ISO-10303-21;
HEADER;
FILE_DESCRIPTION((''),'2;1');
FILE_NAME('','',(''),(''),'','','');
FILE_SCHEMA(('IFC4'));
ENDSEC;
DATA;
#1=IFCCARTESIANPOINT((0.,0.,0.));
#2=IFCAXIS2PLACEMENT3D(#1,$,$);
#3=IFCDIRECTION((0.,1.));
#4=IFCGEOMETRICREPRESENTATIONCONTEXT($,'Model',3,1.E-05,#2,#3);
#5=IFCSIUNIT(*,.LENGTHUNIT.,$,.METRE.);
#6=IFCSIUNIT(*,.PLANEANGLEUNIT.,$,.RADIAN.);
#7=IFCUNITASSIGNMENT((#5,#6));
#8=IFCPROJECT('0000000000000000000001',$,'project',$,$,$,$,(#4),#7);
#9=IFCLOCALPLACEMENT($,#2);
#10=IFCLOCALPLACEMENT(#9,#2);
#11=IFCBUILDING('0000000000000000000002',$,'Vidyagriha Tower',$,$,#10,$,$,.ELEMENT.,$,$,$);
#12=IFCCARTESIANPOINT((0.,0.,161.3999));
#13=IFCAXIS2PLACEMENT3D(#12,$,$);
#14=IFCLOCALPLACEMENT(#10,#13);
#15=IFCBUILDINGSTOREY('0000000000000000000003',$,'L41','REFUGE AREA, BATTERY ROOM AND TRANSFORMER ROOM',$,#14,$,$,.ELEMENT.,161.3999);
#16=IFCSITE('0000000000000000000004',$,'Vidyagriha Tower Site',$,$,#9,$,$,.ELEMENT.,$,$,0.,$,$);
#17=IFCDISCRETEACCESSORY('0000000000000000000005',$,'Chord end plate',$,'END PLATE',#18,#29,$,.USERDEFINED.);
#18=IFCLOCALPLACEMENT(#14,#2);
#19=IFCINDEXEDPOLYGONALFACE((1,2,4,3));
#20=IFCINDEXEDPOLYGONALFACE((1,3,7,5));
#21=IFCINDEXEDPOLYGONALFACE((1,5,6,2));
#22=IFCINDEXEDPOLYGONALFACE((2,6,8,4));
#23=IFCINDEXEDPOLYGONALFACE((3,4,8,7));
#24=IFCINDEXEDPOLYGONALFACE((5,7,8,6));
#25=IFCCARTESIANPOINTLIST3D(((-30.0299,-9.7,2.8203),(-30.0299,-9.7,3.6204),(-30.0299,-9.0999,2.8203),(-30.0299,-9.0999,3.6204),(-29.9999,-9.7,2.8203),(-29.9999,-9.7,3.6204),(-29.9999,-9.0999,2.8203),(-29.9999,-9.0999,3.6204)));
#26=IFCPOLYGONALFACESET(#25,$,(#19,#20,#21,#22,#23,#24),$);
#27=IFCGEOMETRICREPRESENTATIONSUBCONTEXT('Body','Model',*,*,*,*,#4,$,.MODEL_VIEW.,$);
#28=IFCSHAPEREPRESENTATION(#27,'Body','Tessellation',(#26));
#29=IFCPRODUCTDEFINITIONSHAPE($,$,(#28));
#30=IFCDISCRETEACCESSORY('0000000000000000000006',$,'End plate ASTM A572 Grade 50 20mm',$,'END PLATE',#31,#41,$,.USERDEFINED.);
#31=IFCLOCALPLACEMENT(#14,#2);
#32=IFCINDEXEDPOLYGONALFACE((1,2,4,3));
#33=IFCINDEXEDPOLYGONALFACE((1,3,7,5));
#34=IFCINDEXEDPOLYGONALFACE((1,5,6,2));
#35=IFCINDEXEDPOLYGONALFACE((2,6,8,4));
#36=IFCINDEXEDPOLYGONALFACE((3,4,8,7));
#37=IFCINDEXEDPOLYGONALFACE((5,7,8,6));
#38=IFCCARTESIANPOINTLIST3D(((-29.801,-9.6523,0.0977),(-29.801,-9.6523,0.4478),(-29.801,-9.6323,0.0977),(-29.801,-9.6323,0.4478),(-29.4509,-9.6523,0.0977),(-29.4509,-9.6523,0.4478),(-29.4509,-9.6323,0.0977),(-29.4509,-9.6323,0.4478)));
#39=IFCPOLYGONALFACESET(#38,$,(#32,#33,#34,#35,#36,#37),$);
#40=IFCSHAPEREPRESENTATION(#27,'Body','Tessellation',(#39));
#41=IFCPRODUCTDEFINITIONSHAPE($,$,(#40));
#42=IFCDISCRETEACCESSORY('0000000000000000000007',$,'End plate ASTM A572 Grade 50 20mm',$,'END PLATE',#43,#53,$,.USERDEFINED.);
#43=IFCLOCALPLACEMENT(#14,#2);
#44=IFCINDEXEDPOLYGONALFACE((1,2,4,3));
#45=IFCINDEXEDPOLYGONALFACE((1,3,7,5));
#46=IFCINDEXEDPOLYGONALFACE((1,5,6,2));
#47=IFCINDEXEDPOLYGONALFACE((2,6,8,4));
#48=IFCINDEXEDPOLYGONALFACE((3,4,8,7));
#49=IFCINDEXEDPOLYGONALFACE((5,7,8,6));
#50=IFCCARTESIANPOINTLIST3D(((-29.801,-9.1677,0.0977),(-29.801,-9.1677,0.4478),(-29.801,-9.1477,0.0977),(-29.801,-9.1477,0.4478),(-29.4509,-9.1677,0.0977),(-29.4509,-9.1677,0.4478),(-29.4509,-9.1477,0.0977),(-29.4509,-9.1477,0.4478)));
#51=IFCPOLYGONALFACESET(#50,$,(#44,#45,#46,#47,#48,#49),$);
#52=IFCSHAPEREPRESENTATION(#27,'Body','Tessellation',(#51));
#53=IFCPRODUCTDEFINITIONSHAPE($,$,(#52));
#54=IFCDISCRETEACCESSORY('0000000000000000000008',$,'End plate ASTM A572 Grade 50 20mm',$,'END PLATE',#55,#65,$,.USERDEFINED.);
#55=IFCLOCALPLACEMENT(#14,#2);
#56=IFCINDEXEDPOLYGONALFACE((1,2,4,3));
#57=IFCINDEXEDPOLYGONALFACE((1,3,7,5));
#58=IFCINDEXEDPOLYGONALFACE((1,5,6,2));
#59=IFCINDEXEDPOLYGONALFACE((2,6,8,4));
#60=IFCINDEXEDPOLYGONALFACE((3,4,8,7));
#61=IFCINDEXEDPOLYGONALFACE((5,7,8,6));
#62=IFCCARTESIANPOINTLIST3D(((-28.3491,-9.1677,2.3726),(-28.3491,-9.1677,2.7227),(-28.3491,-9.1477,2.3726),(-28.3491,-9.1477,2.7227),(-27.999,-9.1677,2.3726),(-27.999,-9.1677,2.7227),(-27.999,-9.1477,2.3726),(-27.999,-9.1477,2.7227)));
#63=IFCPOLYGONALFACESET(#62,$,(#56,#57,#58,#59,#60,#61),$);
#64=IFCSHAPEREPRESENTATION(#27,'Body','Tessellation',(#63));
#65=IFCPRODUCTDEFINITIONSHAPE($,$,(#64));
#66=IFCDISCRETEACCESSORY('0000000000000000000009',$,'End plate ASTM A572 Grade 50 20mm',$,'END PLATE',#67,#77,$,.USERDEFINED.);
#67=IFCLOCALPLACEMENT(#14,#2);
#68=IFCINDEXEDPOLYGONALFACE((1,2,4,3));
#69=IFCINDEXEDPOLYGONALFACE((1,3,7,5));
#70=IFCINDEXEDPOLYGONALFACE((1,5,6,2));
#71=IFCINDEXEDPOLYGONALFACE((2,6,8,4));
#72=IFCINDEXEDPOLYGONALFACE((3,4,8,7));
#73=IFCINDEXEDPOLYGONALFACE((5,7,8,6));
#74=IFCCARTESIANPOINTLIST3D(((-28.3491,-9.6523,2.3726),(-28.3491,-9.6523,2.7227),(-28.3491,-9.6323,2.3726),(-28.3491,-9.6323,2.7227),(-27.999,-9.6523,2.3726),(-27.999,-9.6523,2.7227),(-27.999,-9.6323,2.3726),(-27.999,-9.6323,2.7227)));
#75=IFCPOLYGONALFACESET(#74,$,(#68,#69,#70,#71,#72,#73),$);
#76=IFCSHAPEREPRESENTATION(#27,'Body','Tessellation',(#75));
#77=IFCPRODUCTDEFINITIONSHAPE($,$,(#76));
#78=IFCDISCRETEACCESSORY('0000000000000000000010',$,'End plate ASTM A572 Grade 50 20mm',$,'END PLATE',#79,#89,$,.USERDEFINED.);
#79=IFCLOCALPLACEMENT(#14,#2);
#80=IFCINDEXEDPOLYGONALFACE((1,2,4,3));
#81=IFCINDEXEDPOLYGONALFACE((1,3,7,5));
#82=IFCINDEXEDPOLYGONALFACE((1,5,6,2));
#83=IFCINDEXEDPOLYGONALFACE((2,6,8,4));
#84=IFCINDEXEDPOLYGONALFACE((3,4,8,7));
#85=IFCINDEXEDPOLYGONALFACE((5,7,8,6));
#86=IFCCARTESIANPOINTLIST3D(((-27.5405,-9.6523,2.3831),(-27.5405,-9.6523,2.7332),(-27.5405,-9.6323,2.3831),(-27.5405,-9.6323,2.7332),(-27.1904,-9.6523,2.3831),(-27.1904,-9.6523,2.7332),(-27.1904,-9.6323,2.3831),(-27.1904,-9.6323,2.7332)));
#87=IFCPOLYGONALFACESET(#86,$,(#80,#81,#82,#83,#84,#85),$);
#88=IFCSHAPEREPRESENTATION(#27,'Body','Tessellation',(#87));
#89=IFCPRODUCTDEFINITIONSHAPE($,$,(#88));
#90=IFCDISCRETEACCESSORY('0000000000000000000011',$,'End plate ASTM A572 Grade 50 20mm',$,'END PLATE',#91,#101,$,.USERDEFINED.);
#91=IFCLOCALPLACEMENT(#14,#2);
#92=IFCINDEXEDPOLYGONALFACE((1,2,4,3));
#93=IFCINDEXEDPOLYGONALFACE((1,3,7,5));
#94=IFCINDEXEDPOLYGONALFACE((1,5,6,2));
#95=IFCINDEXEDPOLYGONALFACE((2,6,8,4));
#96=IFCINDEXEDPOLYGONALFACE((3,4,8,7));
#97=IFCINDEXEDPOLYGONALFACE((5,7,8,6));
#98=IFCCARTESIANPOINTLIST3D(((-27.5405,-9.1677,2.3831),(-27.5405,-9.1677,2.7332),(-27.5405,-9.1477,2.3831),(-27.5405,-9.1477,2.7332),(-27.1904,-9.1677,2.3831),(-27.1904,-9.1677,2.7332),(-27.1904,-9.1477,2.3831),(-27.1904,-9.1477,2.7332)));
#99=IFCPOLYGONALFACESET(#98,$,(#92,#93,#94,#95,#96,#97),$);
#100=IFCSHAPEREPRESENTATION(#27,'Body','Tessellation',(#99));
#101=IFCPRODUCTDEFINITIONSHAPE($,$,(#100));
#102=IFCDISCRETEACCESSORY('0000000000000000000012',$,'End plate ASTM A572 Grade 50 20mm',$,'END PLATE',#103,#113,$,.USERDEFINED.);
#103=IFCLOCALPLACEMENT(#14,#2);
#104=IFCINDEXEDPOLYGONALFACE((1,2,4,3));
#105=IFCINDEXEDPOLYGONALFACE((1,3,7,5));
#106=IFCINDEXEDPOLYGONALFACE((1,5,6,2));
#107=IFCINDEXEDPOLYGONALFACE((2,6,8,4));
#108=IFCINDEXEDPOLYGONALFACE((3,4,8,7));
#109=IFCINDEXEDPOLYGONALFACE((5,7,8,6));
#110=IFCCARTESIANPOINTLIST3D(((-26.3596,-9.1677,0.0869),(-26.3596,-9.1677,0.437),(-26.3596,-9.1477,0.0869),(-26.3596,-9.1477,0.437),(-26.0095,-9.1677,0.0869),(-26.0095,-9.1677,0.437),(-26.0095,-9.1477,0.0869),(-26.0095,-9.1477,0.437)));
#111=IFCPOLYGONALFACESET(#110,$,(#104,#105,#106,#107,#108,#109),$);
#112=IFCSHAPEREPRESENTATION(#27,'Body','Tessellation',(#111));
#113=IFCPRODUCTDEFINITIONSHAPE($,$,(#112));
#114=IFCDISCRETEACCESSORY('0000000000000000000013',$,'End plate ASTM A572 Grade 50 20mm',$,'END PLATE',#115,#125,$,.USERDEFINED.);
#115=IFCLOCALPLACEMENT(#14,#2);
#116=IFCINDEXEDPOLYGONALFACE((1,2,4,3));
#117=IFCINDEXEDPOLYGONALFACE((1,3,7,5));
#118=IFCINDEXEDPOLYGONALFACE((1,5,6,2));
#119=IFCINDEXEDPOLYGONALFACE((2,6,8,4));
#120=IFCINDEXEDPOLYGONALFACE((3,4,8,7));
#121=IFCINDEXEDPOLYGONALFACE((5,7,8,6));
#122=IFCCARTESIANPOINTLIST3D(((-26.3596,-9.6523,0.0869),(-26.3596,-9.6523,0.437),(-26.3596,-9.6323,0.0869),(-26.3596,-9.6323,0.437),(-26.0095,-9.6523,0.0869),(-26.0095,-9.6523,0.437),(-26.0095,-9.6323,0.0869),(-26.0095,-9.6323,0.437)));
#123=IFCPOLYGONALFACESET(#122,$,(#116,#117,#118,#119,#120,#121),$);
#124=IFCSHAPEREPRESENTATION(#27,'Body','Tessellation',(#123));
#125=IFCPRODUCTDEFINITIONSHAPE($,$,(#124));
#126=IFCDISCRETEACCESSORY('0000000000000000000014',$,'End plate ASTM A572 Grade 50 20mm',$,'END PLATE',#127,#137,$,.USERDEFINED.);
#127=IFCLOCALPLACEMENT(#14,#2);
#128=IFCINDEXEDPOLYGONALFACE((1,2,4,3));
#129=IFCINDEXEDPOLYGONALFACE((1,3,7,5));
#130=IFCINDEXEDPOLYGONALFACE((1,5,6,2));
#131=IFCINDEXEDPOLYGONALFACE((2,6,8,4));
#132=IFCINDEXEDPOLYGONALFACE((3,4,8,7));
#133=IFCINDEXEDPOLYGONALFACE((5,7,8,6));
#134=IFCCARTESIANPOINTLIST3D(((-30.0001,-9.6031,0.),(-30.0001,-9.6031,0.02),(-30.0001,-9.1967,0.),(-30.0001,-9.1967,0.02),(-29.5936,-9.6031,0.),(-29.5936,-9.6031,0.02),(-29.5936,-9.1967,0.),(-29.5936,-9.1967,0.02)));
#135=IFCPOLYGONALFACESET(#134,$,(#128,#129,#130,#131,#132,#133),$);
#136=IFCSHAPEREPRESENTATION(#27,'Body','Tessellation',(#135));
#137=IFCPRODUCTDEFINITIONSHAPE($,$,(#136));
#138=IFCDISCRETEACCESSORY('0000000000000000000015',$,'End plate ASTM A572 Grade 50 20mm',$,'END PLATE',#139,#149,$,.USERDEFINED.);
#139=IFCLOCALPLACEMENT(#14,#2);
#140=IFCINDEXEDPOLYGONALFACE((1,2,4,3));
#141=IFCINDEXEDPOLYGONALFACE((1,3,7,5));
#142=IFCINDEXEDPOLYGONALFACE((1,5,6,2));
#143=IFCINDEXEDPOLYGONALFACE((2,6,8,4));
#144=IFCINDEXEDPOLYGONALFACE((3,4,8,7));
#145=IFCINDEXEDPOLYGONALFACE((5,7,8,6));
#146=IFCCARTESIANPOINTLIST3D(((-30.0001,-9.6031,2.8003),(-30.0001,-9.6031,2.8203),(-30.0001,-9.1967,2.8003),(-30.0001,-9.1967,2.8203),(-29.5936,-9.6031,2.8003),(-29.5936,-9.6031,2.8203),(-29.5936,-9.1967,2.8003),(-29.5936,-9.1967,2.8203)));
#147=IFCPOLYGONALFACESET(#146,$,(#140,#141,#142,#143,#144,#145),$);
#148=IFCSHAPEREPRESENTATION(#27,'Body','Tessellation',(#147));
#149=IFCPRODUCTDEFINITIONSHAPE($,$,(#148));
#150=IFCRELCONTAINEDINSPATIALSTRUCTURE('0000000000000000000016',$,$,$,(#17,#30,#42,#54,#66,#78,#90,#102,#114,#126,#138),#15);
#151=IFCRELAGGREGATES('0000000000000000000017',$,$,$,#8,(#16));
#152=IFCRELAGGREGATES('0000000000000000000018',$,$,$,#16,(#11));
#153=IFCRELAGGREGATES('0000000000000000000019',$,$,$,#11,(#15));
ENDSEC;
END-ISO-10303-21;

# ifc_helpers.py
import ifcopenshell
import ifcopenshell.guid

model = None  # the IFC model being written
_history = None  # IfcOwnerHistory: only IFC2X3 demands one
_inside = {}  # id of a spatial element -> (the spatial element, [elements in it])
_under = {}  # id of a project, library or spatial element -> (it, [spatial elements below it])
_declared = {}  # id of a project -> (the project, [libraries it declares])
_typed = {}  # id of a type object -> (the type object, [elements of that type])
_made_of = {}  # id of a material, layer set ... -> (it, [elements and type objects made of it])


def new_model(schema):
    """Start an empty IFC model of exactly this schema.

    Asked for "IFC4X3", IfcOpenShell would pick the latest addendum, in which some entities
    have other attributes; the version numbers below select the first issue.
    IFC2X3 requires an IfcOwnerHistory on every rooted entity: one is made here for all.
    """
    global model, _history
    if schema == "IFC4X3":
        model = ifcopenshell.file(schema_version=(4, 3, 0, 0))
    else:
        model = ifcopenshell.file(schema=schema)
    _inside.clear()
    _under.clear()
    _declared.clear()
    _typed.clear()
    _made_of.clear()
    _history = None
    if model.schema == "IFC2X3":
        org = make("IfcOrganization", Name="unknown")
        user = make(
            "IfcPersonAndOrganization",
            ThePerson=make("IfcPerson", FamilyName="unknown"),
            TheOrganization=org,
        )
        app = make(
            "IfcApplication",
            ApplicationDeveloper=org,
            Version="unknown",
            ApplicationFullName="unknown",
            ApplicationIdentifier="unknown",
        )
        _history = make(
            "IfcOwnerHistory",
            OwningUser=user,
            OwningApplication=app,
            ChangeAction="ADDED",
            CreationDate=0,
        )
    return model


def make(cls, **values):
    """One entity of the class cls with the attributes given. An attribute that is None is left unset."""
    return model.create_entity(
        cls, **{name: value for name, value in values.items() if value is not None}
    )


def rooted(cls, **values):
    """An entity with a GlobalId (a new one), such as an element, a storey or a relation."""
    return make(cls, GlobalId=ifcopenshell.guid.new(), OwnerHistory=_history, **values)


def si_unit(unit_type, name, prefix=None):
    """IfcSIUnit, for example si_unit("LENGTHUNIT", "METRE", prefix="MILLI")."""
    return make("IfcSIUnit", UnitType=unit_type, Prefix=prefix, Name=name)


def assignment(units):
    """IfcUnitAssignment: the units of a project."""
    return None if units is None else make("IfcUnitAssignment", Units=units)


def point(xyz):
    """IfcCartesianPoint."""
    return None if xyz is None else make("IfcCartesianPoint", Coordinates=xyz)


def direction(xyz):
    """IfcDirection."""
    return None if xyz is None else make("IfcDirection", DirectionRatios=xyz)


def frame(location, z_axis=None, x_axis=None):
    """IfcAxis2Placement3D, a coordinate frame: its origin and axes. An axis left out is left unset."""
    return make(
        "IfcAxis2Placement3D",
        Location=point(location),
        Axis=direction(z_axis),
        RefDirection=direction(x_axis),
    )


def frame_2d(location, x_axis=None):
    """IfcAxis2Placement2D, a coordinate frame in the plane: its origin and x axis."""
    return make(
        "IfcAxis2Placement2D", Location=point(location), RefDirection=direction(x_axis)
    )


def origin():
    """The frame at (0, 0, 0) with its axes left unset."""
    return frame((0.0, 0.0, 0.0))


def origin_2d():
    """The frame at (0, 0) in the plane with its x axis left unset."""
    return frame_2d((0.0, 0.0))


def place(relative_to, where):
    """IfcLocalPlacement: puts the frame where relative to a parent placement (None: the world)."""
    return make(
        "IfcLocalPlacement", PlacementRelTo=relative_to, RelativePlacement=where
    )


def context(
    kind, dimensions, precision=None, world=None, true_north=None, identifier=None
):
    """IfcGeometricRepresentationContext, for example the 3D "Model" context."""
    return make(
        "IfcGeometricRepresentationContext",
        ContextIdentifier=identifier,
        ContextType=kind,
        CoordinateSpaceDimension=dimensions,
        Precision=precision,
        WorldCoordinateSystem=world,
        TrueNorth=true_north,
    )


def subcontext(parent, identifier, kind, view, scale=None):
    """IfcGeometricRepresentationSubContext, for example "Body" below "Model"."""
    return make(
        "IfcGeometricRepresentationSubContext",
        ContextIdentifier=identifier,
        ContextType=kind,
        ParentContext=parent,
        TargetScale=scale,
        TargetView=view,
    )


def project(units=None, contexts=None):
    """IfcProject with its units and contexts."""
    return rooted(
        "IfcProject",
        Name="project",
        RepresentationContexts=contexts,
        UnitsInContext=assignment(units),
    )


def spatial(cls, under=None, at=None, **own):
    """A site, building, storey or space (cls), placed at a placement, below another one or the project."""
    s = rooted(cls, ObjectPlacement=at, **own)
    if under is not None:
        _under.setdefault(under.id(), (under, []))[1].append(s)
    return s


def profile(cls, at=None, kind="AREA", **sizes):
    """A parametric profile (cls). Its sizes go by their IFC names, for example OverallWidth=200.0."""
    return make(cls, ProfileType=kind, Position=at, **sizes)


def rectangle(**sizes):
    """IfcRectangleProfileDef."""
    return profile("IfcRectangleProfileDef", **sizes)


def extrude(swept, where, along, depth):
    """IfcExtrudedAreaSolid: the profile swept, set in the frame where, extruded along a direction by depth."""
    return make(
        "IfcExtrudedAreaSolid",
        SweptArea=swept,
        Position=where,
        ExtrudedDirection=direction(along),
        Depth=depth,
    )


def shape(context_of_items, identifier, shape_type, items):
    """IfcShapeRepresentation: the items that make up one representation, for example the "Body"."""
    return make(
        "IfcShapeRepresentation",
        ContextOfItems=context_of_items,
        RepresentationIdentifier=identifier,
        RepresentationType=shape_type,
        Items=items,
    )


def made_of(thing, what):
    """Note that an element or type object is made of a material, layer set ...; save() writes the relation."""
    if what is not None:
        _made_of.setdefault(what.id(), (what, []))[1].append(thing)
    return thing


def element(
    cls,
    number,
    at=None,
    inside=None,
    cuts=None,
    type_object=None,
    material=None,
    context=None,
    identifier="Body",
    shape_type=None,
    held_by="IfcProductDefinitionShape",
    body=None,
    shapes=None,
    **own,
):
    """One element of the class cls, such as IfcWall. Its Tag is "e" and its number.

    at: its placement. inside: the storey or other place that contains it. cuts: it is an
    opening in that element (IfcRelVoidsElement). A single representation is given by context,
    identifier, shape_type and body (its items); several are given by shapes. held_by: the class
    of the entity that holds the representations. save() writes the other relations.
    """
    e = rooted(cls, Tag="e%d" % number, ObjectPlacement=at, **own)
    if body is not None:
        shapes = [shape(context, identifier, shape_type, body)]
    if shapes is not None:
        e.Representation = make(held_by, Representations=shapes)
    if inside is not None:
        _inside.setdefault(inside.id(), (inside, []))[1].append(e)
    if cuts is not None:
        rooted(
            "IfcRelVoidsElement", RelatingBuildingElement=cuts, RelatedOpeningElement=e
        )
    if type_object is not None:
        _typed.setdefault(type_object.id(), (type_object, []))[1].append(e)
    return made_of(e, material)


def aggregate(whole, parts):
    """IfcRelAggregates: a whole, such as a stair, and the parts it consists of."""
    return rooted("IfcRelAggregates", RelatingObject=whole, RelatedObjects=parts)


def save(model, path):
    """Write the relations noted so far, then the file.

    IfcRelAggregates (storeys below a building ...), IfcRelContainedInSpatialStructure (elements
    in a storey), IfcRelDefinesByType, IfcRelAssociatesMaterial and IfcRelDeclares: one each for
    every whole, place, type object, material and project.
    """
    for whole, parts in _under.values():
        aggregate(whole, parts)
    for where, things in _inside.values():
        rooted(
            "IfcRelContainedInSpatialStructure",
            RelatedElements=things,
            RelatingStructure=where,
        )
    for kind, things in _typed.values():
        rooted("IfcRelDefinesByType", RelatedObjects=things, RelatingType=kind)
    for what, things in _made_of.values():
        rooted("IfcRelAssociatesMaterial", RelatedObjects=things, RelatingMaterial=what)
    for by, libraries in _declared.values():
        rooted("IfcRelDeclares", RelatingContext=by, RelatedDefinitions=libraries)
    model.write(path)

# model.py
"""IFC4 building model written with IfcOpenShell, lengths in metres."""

from ifc_helpers import new_model, si_unit, direction, frame, origin, origin_2d, place, context, subcontext, project, spatial, rectangle, extrude, element, save


model = new_model("IFC4")

# Units and contexts
model_context = context("Model", 3, precision=1e-05, world=origin(), true_north=direction((0.0, 1.0)))
body_context = subcontext(model_context, "Body", "Model", "MODEL_VIEW")
ifc_project = project(units=[si_unit("LENGTHUNIT", "METRE"), si_unit("PLANEANGLEUNIT", "RADIAN")], contexts=[model_context])

# Site, building, storey
site_placement = place(None, origin())
site = spatial("IfcSite", under=ifc_project, at=site_placement, Name="Vidyagriha Tower Site", CompositionType="ELEMENT", RefElevation=0.0)
building_placement = place(site_placement, origin())
building = spatial("IfcBuilding", under=site, at=building_placement, Name="Vidyagriha Tower", CompositionType="ELEMENT")
storey_placement = place(building_placement, frame((0.0, 0.0, 161.3999)))
storey = spatial("IfcBuildingStorey", under=building, at=storey_placement, Name="L41", Description="REFUGE AREA, BATTERY ROOM AND TRANSFORMER ROOM", CompositionType="ELEMENT", Elevation=161.3999)

# Discrete accessories
for number, where, z_axis, x_axis, name in (
    (1, (-30.0149, -9.3999, 2.8203), (0.0, 0.0, 1.0), (-1.0, 0.0, 0.0), "Chord end plate"),
):
    element("IfcDiscreteAccessory", number, at=place(storey_placement, frame(where, z_axis=z_axis, x_axis=x_axis)), inside=storey, Name=name, ObjectType="END PLATE", PredefinedType="USERDEFINED", context=body_context, shape_type="SweptSolid", body=[
        extrude(rectangle(XDim=0.03, YDim=0.6001, at=origin_2d()), origin(), (0.0, 0.0, 1.0), 0.8),
    ])
for number, where, z_axis, x_axis, name in (
    (2, (-29.626, -9.6423, 0.0977), (0.0, 0.0, 1.0), (-1.0, 0.0, 0.0), "End plate ASTM A572 Grade 50 20mm"),
    (3, (-29.626, -9.1577, 0.0977), (0.0, 0.0, 1.0), (-1.0, 0.0, 0.0), "End plate ASTM A572 Grade 50 20mm"),
):
    element("IfcDiscreteAccessory", number, at=place(storey_placement, frame(where, z_axis=z_axis, x_axis=x_axis)), inside=storey, Name=name, ObjectType="END PLATE", PredefinedType="USERDEFINED", context=body_context, shape_type="SweptSolid", body=[
        extrude(rectangle(XDim=0.3501, YDim=0.02, at=origin_2d()), origin(), (0.0, 0.0, 1.0), 0.3501),
    ])
for number, where, name in (
    (4, (-28.1741, -9.1577, 2.3726), "End plate ASTM A572 Grade 50 20mm"),
    (5, (-28.1741, -9.6423, 2.3726), "End plate ASTM A572 Grade 50 20mm"),
):
    element("IfcDiscreteAccessory", number, at=place(storey_placement, frame(where)), inside=storey, Name=name, ObjectType="END PLATE", PredefinedType="USERDEFINED", context=body_context, shape_type="SweptSolid", body=[
        extrude(rectangle(XDim=0.3501, YDim=0.02, at=origin_2d()), origin(), (0.0, 0.0, 1.0), 0.3501),
    ])
for number, where, z_axis, x_axis, name in (
    (6, (-27.3655, -9.6423, 2.3831), (0.0, 0.0, 1.0), (-1.0, 0.0, 0.0), "End plate ASTM A572 Grade 50 20mm"),
    (7, (-27.3655, -9.1577, 2.3831), (0.0, 0.0, 1.0), (-1.0, 0.0, 0.0), "End plate ASTM A572 Grade 50 20mm"),
):
    element("IfcDiscreteAccessory", number, at=place(storey_placement, frame(where, z_axis=z_axis, x_axis=x_axis)), inside=storey, Name=name, ObjectType="END PLATE", PredefinedType="USERDEFINED", context=body_context, shape_type="SweptSolid", body=[
        extrude(rectangle(XDim=0.3501, YDim=0.02, at=origin_2d()), origin(), (0.0, 0.0, 1.0), 0.3501),
    ])
for number, where, name in (
    (8, (-26.1846, -9.1577, 0.0869), "End plate ASTM A572 Grade 50 20mm"),
    (9, (-26.1846, -9.6423, 0.0869), "End plate ASTM A572 Grade 50 20mm"),
):
    element("IfcDiscreteAccessory", number, at=place(storey_placement, frame(where)), inside=storey, Name=name, ObjectType="END PLATE", PredefinedType="USERDEFINED", context=body_context, shape_type="SweptSolid", body=[
        extrude(rectangle(XDim=0.3501, YDim=0.02, at=origin_2d()), origin(), (0.0, 0.0, 1.0), 0.3501),
    ])
for number, where, name in (
    (10, (-29.7969, -9.3999, 0.0), "End plate ASTM A572 Grade 50 20mm"),
    (11, (-29.7969, -9.3999, 2.8003), "End plate ASTM A572 Grade 50 20mm"),
):
    element("IfcDiscreteAccessory", number, at=place(storey_placement, frame(where)), inside=storey, Name=name, ObjectType="END PLATE", PredefinedType="USERDEFINED", context=body_context, shape_type="SweptSolid", body=[
        extrude(rectangle(XDim=0.4065, YDim=0.4065, at=origin_2d()), origin(), (0.0, 0.0, 1.0), 0.02),
    ])

save(model, "model.ifc")
